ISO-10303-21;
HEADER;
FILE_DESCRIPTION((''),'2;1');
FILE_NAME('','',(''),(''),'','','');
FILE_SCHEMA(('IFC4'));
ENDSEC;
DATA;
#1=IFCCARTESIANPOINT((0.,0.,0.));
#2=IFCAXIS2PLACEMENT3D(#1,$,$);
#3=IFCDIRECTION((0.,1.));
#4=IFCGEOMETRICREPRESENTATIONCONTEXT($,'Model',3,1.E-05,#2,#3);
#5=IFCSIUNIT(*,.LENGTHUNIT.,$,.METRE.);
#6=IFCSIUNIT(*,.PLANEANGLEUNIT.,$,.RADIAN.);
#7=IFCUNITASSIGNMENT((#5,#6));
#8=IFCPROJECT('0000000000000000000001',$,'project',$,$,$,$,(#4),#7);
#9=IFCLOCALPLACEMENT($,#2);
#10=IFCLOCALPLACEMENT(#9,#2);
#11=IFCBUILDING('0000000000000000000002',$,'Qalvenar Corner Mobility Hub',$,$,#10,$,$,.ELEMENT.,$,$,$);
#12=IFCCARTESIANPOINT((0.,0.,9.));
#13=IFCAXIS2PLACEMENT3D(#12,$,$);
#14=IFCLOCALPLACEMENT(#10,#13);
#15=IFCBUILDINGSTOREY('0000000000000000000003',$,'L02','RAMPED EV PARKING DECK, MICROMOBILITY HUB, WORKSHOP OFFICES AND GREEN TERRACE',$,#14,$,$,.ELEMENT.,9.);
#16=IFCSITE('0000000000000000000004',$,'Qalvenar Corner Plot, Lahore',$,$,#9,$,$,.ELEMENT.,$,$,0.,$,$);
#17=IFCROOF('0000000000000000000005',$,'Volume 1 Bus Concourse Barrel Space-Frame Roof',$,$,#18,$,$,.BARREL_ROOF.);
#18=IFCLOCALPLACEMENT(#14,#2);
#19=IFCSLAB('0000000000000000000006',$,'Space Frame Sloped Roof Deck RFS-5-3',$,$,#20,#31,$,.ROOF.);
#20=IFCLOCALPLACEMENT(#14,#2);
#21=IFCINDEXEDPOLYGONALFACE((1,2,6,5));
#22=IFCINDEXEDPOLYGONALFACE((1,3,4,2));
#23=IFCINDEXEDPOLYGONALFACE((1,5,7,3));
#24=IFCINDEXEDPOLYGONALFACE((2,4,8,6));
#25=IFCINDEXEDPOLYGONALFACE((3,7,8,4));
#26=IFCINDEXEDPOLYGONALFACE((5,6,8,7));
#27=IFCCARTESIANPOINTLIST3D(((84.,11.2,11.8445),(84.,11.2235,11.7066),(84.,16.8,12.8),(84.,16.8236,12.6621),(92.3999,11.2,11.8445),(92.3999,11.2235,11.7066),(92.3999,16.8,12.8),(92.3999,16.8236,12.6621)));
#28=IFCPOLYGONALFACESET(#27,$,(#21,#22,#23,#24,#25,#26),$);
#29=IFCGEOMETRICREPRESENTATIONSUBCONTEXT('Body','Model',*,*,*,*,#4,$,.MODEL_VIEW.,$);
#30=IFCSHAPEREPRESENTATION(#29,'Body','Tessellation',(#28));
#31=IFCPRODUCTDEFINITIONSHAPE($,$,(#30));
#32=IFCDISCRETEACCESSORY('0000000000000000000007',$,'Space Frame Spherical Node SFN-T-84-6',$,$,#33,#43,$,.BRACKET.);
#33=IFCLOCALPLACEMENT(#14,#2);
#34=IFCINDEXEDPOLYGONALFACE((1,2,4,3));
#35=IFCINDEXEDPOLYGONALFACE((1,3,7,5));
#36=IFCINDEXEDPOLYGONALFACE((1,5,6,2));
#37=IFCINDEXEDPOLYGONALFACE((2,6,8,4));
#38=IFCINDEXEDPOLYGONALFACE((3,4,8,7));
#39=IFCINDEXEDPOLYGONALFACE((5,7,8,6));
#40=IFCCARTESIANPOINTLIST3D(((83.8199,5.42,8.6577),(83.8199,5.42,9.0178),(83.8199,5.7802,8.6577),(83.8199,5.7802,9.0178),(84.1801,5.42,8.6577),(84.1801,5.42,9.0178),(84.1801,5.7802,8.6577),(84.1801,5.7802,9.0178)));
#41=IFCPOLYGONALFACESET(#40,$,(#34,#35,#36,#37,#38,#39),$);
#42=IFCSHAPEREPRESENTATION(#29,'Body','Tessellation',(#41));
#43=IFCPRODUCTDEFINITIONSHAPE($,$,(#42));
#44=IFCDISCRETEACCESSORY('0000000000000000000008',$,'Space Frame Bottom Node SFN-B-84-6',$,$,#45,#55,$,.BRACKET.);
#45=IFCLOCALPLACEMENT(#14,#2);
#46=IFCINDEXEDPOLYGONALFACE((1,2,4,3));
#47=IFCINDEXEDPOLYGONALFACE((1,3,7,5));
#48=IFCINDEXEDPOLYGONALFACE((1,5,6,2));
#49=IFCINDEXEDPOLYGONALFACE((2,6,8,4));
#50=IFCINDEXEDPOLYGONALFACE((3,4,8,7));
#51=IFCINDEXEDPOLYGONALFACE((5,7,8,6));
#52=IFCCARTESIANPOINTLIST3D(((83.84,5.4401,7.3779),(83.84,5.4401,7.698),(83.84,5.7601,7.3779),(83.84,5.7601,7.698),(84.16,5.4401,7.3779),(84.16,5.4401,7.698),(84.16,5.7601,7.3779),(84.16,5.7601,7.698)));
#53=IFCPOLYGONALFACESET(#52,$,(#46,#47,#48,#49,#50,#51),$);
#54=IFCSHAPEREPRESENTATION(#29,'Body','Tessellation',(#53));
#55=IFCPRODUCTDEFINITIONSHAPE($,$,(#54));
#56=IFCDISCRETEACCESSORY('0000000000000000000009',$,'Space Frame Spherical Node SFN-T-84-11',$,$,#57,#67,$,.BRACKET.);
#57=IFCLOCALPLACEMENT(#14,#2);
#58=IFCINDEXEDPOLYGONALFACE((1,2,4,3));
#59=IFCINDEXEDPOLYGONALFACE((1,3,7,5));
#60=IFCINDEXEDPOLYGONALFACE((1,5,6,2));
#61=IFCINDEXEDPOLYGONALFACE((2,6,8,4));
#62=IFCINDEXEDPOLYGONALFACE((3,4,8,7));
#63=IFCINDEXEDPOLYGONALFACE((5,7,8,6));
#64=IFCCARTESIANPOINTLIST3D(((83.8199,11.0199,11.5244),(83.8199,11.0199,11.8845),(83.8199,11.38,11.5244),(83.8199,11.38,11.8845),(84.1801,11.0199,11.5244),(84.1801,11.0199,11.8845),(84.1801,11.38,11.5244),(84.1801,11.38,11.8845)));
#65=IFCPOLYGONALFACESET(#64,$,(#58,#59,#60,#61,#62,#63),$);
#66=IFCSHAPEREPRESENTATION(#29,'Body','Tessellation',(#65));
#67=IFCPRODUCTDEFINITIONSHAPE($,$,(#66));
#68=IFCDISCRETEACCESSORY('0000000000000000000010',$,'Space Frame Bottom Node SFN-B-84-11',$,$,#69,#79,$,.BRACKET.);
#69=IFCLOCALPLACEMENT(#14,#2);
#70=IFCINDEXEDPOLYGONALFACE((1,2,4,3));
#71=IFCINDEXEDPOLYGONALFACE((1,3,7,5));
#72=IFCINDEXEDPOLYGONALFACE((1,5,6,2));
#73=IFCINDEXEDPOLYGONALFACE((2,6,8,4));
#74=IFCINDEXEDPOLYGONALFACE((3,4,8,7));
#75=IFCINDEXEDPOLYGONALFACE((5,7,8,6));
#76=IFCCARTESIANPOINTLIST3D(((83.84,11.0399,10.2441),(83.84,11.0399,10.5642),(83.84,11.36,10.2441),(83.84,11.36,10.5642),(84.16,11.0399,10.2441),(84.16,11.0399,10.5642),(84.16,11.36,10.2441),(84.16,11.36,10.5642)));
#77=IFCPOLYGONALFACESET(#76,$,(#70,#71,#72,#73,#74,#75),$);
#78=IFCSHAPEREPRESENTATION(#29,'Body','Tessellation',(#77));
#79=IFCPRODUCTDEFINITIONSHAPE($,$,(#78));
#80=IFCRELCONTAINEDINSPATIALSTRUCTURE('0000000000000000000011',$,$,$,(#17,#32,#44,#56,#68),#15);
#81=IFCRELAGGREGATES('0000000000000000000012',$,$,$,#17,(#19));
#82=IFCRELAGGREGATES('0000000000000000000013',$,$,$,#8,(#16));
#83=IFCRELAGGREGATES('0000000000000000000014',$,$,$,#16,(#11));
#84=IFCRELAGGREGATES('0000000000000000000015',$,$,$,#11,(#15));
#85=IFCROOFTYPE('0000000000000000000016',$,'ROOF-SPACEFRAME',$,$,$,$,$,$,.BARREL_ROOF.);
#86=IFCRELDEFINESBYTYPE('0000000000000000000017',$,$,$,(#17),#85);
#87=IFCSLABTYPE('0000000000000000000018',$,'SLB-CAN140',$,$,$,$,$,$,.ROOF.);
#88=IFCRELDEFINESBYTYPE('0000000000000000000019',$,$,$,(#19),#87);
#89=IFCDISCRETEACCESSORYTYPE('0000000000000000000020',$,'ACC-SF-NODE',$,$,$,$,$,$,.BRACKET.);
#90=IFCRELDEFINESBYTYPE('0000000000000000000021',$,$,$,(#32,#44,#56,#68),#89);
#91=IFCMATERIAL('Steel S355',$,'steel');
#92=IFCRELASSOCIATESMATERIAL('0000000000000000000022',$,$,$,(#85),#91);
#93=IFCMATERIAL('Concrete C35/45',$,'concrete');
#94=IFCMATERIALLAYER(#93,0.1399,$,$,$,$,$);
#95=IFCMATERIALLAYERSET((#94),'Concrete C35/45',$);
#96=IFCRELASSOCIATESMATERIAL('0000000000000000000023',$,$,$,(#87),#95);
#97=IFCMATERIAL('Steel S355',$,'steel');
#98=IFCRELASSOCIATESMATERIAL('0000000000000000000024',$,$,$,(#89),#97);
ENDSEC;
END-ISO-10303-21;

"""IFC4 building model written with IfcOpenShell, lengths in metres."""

from ifc_helpers import new_model, si_unit, direction, frame, origin, origin_2d, place, context, subcontext, project, spatial, polyline, rectangle, outline, extrude, material, layer, layer_set, type_object, element, aggregate, save


model = new_model("IFC4")

# Units and contexts
model_context = context("Model", 3, precision=1e-05, world=origin(), true_north=direction((0.0, 1.0)))
body_context = subcontext(model_context, "Body", "Model", "MODEL_VIEW")
ifc_project = project(units=[si_unit("LENGTHUNIT", "METRE"), si_unit("PLANEANGLEUNIT", "RADIAN")], contexts=[model_context])

# Site, building, storey
site_placement = place(None, origin())
site = spatial("IfcSite", under=ifc_project, at=site_placement, Name="Qalvenar Corner Plot, Lahore", CompositionType="ELEMENT", RefElevation=0.0)
building_placement = place(site_placement, origin())
building = spatial("IfcBuilding", under=site, at=building_placement, Name="Qalvenar Corner Mobility Hub", CompositionType="ELEMENT")
storey_placement = place(building_placement, frame((0.0, 0.0, 9.0)))
storey = spatial("IfcBuildingStorey", under=building, at=storey_placement, Name="L02", Description="RAMPED EV PARKING DECK, MICROMOBILITY HUB, WORKSHOP OFFICES AND GREEN TERRACE", CompositionType="ELEMENT", Elevation=9.0)

# Shared definitions
ifc_material_1 = material(Name="Steel S355", Category="steel")

# Roof, slab
roof_type = type_object("IfcRoofType", Name="ROOF-SPACEFRAME", PredefinedType="BARREL_ROOF", material=ifc_material_1)
roof_placement = place(storey_placement, origin())
roof = element("IfcRoof", 1, at=roof_placement, inside=storey, type_object=roof_type, Name="Volume 1 Bus Concourse Barrel Space-Frame Roof", PredefinedType="BARREL_ROOF")
ifc_material_2 = material(Name="Concrete C35/45", Category="concrete")
ifc_layer_1 = layer(ifc_material_2, 0.1399)
ifc_layer_set_1 = layer_set([ifc_layer_1], Name="Concrete C35/45")
slab_type = type_object("IfcSlabType", Name="SLB-CAN140", PredefinedType="ROOF", material=ifc_layer_set_1)
slab_1_placement = place(storey_placement, frame((84.0, 11.2, 11.8445), z_axis=(0.0, -0.168203, 0.985752), x_axis=(1.0, 0.0, 0.0)))
slab_1 = element("IfcSlab", 2, at=slab_1_placement, type_object=slab_type, Name="Space Frame Sloped Roof Deck RFS-5-3", PredefinedType="ROOF", context=body_context, shape_type="SweptSolid", body=[
    extrude(outline(polyline([(0.0, 0.0), (8.3999, 0.0), (8.3999, 5.681), (0.0, 5.681), (0.0, 0.0)])), origin(), (0.0, 0.0, -1.0), 0.1399),
])
aggregate(roof, [slab_1])

# Discrete accessories
ifc_material_3 = material(Name="Steel S355", Category="steel")
discrete_accessory_type = type_object("IfcDiscreteAccessoryType", Name="ACC-SF-NODE", PredefinedType="BRACKET", material=ifc_material_3)
discrete_accessory_1_placement = place(storey_placement, frame((84.0, 5.6001, 8.6577), z_axis=(0.0, 0.0, 1.0), x_axis=(1.0, 0.0, 0.0)))
element("IfcDiscreteAccessory", 3, at=discrete_accessory_1_placement, inside=storey, type_object=discrete_accessory_type, Name="Space Frame Spherical Node SFN-T-84-6", PredefinedType="BRACKET", context=body_context, shape_type="SweptSolid", body=[
    extrude(rectangle(XDim=0.3601, YDim=0.3601, at=origin_2d()), origin(), (0.0, 0.0, 1.0), 0.3601),
])
discrete_accessory_2_placement = place(storey_placement, frame((84.0, 5.6001, 7.3779), z_axis=(0.0, 0.0, 1.0), x_axis=(1.0, 0.0, 0.0)))
element("IfcDiscreteAccessory", 4, at=discrete_accessory_2_placement, inside=storey, type_object=discrete_accessory_type, Name="Space Frame Bottom Node SFN-B-84-6", PredefinedType="BRACKET", context=body_context, shape_type="SweptSolid", body=[
    extrude(rectangle(XDim=0.3201, YDim=0.3201, at=origin_2d()), origin(), (0.0, 0.0, 1.0), 0.3201),
])
discrete_accessory_3_placement = place(storey_placement, frame((84.0, 11.2, 11.5244), z_axis=(0.0, 0.0, 1.0), x_axis=(1.0, 0.0, 0.0)))
element("IfcDiscreteAccessory", 5, at=discrete_accessory_3_placement, inside=storey, type_object=discrete_accessory_type, Name="Space Frame Spherical Node SFN-T-84-11", PredefinedType="BRACKET", context=body_context, shape_type="SweptSolid", body=[
    extrude(rectangle(XDim=0.3601, YDim=0.3601, at=origin_2d()), origin(), (0.0, 0.0, 1.0), 0.3601),
])
discrete_accessory_4_placement = place(storey_placement, frame((84.0, 11.2, 10.2441), z_axis=(0.0, 0.0, 1.0), x_axis=(1.0, 0.0, 0.0)))
element("IfcDiscreteAccessory", 6, at=discrete_accessory_4_placement, inside=storey, type_object=discrete_accessory_type, Name="Space Frame Bottom Node SFN-B-84-11", PredefinedType="BRACKET", context=body_context, shape_type="SweptSolid", body=[
    extrude(rectangle(XDim=0.3201, YDim=0.3201, at=origin_2d()), origin(), (0.0, 0.0, 1.0), 0.3201),
])

save(model, "model.ifc")
